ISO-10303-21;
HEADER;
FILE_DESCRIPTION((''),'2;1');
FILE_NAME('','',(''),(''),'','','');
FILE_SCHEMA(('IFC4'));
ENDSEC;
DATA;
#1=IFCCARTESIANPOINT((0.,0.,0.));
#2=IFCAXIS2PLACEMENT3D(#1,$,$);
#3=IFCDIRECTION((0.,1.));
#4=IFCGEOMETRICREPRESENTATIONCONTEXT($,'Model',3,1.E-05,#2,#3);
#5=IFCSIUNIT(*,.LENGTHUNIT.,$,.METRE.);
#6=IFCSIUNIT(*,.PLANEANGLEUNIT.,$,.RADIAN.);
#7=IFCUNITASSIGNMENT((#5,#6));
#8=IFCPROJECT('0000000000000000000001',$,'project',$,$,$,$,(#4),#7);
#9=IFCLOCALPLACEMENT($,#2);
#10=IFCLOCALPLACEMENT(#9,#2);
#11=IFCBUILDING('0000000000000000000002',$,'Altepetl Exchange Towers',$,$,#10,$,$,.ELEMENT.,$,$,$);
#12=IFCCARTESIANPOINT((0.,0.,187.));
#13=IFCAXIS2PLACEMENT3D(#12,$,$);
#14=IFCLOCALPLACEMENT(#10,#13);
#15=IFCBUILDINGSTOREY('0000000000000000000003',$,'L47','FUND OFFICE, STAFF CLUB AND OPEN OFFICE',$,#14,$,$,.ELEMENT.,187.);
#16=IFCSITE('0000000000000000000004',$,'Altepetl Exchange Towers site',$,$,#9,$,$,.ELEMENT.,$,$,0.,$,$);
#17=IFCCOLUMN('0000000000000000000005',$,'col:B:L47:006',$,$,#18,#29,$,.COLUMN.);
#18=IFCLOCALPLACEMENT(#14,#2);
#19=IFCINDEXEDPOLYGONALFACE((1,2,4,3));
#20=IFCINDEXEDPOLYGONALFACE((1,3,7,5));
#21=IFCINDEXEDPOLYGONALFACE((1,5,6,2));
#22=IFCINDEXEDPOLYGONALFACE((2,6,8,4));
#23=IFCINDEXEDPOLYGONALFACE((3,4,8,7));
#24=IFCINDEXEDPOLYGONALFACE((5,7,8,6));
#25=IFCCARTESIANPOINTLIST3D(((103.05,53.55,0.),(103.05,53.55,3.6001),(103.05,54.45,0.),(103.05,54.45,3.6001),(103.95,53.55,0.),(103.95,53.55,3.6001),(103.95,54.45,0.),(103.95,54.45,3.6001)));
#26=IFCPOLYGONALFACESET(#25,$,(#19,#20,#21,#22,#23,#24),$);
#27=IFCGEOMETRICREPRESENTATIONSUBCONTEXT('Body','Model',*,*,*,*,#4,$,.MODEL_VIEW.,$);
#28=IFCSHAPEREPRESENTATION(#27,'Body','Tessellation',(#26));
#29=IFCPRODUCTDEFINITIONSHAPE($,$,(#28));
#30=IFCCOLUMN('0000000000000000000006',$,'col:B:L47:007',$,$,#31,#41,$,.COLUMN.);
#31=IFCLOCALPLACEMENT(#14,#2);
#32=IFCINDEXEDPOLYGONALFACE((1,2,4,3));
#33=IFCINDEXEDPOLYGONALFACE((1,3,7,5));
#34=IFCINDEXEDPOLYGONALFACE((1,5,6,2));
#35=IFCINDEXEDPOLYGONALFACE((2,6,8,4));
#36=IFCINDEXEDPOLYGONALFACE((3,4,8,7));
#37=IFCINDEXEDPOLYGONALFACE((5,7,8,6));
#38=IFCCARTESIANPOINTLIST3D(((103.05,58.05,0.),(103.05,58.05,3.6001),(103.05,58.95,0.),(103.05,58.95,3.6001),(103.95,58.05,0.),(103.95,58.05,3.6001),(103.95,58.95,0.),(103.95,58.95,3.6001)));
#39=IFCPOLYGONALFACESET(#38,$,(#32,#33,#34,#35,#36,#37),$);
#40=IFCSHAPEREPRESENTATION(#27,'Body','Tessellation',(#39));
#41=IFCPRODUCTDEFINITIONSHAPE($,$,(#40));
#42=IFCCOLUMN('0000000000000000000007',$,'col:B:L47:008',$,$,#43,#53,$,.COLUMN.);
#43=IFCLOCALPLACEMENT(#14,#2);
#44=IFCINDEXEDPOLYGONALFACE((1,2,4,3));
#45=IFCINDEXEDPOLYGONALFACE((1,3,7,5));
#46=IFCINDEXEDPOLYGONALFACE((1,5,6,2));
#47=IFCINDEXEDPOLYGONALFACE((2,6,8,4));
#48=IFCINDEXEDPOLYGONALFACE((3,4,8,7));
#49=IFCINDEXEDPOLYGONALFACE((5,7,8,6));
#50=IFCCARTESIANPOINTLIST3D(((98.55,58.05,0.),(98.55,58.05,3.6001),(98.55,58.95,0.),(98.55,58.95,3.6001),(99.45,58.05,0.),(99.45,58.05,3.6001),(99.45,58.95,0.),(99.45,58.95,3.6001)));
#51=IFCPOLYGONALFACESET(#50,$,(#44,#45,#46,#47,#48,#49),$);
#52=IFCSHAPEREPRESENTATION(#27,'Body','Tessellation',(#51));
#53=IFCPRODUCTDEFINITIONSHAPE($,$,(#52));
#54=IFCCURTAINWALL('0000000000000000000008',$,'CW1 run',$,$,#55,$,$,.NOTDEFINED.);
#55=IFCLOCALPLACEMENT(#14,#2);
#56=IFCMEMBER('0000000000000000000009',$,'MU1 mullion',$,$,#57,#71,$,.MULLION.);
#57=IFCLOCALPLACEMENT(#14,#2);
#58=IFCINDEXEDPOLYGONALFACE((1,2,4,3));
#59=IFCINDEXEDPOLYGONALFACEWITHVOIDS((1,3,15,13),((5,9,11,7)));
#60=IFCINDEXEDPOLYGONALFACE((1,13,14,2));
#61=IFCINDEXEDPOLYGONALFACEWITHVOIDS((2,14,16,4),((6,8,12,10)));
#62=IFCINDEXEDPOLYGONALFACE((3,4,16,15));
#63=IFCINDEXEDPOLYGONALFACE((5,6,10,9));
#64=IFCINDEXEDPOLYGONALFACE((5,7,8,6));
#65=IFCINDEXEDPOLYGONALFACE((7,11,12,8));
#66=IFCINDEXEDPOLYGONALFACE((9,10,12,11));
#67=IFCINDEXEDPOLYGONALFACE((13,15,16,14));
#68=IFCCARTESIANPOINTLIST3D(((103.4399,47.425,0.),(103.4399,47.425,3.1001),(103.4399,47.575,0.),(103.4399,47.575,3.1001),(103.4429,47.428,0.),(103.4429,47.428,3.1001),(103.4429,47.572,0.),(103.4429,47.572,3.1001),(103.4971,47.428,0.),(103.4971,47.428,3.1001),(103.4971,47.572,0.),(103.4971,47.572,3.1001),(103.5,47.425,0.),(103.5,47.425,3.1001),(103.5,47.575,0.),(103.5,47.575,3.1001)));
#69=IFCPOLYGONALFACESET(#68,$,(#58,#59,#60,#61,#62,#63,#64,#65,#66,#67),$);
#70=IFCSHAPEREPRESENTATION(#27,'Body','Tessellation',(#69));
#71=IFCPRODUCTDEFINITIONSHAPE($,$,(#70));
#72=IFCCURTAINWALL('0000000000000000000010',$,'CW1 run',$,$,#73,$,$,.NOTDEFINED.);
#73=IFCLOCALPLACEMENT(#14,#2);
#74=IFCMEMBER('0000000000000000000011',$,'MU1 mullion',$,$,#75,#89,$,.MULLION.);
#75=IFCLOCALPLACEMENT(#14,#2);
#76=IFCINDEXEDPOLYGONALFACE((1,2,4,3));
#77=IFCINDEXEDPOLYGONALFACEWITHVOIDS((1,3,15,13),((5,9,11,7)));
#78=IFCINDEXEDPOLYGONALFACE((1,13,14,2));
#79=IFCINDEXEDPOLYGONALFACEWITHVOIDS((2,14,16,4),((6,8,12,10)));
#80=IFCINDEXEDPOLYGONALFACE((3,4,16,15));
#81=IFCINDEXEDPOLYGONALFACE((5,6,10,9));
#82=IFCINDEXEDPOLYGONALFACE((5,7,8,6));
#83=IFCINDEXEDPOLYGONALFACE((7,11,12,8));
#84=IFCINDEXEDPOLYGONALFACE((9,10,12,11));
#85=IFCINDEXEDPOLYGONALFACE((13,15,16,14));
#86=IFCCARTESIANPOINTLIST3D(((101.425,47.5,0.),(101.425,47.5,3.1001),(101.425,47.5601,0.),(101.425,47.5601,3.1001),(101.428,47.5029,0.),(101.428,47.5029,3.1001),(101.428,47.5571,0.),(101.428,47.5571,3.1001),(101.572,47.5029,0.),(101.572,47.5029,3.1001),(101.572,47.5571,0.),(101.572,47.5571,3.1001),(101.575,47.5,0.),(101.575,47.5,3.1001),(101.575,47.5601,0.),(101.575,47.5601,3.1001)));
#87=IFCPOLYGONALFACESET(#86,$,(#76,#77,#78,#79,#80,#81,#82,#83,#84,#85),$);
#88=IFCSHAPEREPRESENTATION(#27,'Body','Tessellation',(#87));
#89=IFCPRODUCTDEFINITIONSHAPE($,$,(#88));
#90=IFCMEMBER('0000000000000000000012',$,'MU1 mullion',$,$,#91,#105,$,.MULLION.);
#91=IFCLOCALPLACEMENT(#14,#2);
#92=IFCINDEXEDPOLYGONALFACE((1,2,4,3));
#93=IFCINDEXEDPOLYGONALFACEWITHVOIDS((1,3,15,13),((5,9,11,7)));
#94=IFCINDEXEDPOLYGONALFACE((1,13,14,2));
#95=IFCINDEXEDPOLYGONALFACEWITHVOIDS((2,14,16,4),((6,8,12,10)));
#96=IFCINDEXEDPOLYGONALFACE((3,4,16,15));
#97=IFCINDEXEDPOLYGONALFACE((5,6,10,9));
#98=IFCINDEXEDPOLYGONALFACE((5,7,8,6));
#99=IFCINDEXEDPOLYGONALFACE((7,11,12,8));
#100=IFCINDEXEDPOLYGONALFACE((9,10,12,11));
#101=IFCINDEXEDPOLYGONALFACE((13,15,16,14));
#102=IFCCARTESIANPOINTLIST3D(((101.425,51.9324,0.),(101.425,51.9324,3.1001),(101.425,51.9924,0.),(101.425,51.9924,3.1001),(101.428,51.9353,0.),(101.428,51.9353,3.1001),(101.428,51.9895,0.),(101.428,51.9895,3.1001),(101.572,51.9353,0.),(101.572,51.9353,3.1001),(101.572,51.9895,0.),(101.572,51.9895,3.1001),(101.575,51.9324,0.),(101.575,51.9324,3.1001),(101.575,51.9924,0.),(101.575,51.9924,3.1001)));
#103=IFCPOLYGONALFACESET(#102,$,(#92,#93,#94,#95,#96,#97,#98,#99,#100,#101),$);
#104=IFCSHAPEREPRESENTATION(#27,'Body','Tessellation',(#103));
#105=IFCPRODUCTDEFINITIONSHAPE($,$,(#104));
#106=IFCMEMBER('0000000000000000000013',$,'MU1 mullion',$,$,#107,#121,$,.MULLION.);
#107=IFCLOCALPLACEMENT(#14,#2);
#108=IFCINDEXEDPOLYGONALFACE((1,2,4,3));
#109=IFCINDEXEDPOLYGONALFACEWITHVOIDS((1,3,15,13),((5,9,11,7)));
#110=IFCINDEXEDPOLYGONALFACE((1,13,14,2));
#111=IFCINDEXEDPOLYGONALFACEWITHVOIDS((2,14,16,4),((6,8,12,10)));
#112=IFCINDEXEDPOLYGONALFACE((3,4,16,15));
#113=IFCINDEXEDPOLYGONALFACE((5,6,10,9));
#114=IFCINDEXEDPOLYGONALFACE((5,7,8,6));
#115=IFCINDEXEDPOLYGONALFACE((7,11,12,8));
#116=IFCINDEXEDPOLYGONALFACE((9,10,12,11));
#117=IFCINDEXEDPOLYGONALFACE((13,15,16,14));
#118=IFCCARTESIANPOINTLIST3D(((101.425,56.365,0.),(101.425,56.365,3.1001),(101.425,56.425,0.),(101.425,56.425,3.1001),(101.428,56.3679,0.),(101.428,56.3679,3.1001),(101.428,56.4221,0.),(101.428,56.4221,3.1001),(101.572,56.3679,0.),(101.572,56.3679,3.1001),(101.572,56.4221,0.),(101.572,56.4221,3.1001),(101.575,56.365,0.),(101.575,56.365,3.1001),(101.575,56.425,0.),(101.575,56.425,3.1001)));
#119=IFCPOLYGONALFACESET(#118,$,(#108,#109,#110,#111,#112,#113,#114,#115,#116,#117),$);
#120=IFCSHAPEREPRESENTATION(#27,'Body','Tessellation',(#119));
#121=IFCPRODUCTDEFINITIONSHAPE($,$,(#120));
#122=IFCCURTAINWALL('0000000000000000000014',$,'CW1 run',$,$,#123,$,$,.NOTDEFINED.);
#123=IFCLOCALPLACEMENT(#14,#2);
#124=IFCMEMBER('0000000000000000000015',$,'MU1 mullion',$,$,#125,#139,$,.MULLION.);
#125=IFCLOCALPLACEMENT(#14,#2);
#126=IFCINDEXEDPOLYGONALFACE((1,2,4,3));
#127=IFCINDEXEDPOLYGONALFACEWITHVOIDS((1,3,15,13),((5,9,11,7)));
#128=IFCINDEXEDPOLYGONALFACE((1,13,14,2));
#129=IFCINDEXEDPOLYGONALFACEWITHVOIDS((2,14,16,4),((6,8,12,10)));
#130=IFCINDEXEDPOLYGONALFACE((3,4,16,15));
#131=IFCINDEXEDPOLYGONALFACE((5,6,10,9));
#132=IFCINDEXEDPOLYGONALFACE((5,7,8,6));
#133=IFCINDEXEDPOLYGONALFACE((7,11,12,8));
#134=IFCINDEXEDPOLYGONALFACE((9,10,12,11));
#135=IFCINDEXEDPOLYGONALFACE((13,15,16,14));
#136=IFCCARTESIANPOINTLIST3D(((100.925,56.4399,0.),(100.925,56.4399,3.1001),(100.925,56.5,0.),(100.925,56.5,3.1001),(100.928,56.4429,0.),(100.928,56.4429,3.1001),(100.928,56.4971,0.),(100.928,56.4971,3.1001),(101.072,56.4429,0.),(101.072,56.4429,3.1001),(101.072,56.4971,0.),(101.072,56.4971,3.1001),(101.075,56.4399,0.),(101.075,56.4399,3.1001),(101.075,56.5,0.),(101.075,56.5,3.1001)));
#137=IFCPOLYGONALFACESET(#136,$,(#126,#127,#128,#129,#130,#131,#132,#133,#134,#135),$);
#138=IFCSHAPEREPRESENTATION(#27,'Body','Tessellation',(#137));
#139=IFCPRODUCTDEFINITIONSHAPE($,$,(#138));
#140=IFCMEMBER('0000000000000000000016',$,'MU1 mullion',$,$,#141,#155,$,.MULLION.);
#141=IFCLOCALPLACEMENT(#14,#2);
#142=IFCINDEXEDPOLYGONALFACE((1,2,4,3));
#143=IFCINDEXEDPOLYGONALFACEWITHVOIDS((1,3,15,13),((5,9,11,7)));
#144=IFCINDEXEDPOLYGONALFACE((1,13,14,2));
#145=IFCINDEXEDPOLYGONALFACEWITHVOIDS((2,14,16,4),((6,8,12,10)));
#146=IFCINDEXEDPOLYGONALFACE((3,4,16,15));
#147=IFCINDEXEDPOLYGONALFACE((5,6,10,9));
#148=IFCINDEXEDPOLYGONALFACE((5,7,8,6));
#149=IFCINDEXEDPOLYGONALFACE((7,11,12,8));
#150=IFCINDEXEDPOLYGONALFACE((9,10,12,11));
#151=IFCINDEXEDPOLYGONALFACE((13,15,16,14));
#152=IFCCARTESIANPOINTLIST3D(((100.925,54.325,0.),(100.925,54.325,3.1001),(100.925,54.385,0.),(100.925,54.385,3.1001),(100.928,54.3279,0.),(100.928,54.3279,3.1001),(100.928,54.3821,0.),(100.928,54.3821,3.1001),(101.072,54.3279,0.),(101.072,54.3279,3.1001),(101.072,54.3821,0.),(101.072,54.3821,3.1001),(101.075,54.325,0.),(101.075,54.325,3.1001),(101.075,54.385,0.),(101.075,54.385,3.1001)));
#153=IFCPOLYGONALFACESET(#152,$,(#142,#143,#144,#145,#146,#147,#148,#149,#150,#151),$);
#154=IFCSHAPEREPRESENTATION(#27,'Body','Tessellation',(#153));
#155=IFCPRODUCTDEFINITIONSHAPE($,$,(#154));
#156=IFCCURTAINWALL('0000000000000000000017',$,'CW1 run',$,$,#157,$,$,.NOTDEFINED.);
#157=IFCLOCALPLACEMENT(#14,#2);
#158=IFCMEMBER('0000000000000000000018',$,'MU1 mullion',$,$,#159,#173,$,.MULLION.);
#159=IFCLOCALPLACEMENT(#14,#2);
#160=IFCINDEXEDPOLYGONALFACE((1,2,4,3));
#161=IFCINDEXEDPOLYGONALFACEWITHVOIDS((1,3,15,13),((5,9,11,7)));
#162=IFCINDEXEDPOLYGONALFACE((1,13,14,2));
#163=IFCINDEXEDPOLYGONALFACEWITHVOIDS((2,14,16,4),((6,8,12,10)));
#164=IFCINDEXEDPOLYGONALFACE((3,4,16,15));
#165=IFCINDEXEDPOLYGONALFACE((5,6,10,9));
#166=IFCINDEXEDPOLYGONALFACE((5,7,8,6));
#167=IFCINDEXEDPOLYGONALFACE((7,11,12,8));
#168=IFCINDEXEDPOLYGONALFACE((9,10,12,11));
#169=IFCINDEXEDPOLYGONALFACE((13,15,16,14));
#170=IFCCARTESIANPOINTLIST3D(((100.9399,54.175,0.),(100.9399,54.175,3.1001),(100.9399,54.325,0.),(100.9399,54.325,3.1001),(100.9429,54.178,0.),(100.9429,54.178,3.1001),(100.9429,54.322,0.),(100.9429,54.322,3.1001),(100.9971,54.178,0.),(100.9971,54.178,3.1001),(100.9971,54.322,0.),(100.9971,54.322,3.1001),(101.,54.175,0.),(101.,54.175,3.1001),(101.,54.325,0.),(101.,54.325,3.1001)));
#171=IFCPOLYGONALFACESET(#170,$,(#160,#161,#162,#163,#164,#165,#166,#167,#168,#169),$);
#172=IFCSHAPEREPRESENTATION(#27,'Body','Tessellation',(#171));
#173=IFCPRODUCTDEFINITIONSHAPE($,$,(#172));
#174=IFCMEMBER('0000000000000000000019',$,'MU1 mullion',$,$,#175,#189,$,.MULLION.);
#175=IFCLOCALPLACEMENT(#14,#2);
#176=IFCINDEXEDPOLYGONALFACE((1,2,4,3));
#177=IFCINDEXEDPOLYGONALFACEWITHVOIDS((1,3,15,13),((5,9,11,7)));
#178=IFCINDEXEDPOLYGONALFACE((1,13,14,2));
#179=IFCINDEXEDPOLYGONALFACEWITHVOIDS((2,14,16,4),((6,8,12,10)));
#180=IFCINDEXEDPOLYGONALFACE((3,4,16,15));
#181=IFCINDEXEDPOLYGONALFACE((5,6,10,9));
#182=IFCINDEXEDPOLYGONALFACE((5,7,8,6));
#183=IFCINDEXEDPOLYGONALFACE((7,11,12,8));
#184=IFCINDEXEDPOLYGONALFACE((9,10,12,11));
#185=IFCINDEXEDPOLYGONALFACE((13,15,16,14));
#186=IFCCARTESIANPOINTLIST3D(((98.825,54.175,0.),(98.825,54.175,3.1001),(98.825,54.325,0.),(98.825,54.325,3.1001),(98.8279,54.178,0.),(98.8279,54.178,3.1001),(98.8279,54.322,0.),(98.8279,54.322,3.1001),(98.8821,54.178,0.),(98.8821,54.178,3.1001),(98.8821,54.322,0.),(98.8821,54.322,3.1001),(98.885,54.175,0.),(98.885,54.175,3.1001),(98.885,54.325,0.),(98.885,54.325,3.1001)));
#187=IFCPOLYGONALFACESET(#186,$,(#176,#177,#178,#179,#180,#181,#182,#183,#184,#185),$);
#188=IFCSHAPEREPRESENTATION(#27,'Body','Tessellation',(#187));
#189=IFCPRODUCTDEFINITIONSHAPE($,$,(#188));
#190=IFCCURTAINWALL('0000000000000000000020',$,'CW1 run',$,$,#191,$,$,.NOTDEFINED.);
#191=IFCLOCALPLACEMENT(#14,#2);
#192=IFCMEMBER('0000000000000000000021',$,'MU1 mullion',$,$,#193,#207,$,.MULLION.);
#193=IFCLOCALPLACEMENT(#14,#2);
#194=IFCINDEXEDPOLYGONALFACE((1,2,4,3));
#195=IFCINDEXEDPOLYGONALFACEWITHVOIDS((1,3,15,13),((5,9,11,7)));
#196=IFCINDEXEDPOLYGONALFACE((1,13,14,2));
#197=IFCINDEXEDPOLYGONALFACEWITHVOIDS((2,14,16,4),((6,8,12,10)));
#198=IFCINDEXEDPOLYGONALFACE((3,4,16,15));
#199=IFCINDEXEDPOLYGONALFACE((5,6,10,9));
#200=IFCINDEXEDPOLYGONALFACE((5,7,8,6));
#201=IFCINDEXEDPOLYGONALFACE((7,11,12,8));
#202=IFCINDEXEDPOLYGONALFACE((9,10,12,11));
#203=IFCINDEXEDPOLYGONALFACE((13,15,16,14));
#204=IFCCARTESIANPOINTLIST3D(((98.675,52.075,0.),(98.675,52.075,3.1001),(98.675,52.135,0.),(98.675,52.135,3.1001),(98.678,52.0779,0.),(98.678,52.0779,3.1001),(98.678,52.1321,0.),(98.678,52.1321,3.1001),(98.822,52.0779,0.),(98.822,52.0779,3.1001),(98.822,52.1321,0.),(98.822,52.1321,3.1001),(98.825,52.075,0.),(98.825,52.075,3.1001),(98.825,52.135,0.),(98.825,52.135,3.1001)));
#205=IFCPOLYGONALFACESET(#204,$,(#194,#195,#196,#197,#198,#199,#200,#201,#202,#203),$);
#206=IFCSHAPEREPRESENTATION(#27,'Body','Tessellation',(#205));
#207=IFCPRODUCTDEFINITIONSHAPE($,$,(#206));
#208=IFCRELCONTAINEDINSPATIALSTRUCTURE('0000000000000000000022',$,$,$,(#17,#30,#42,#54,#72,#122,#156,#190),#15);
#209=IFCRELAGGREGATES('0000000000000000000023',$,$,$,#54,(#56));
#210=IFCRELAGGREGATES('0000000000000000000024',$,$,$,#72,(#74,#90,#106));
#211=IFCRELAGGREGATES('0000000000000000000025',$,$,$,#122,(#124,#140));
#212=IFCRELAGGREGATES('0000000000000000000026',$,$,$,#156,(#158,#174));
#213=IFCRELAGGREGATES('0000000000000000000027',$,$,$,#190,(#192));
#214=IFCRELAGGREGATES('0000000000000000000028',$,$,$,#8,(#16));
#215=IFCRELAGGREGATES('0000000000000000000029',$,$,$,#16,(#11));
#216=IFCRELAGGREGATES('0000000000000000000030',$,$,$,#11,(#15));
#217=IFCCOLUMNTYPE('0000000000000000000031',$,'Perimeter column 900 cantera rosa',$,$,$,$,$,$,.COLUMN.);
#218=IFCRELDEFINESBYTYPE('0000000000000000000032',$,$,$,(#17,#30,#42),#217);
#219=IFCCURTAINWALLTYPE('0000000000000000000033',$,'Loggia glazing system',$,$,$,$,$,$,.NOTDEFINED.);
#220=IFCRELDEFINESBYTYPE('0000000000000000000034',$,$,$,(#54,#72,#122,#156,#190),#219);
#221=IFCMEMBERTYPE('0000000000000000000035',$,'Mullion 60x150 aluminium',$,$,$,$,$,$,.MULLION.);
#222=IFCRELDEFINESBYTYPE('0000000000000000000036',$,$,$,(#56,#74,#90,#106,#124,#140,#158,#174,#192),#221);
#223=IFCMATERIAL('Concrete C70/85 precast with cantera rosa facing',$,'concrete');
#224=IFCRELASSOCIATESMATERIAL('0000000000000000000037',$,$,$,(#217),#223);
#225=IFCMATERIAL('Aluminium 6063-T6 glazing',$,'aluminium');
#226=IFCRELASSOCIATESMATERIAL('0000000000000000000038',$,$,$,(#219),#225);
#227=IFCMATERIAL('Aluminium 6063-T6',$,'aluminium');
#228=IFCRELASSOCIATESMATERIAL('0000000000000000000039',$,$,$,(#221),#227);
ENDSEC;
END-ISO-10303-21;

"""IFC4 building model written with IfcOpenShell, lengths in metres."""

from ifc_helpers import new_model, si_unit, direction, frame, origin, origin_2d, place, context, subcontext, project, spatial, rectangle, hollow_rectangle, extrude, material, material_profile, profile_set, type_object, element, aggregate, save


model = new_model("IFC4")

# Units and contexts
model_context = context("Model", 3, precision=1e-05, world=origin(), true_north=direction((0.0, 1.0)))
body_context = subcontext(model_context, "Body", "Model", "MODEL_VIEW")
ifc_project = project(units=[si_unit("LENGTHUNIT", "METRE"), si_unit("PLANEANGLEUNIT", "RADIAN")], contexts=[model_context])

# Site, building, storey
site_placement = place(None, origin())
site = spatial("IfcSite", under=ifc_project, at=site_placement, Name="Altepetl Exchange Towers site", CompositionType="ELEMENT", RefElevation=0.0)
building_placement = place(site_placement, origin())
building = spatial("IfcBuilding", under=site, at=building_placement, Name="Altepetl Exchange Towers", CompositionType="ELEMENT")
storey_placement = place(building_placement, frame((0.0, 0.0, 187.0)))
storey = spatial("IfcBuildingStorey", under=building, at=storey_placement, Name="L47", Description="FUND OFFICE, STAFF CLUB AND OPEN OFFICE", CompositionType="ELEMENT", Elevation=187.0)

# Columns
ifc_material_1 = material(Name="Concrete C70/85 precast with cantera rosa facing", Category="concrete")
ifc_material_profile_1 = material_profile(ifc_material_1, rectangle(XDim=0.8999, YDim=0.8999, at=origin_2d()), Name="900 x 900")
ifc_profile_set_1 = profile_set([ifc_material_profile_1], Name="Concrete C70/85 precast with cantera rosa facing")
column_type = type_object("IfcColumnType", Name="Perimeter column 900 cantera rosa", PredefinedType="COLUMN", material=ifc_profile_set_1)
for number, where, name in (
    (1, (103.5, 54.0, 0.0), "col:B:L47:006"),
    (2, (103.5, 58.5, 0.0), "col:B:L47:007"),
    (3, (99.0, 58.5, 0.0), "col:B:L47:008"),
):
    element("IfcColumn", number, at=place(storey_placement, frame(where)), inside=storey, type_object=column_type, Name=name, PredefinedType="COLUMN", context=body_context, shape_type="SweptSolid", body=[
        extrude(rectangle(XDim=0.8999, YDim=0.8999, at=origin_2d()), origin(), (0.0, 0.0, 1.0), 3.6001),
    ])

# Curtain wall, member
ifc_material_2 = material(Name="Aluminium 6063-T6 glazing", Category="aluminium")
curtain_wall_type = type_object("IfcCurtainWallType", Name="Loggia glazing system", PredefinedType="NOTDEFINED", material=ifc_material_2)
curtain_wall_1_placement = place(storey_placement, origin())
curtain_wall_1 = element("IfcCurtainWall", 4, at=curtain_wall_1_placement, inside=storey, type_object=curtain_wall_type, Name="CW1 run", PredefinedType="NOTDEFINED")
ifc_material_3 = material(Name="Aluminium 6063-T6", Category="aluminium")
ifc_material_profile_2 = material_profile(ifc_material_3, hollow_rectangle(XDim=0.0601, YDim=0.1499, WallThickness=0.0029, at=origin_2d()), Name="Mullion 60x150 aluminium")
ifc_profile_set_2 = profile_set([ifc_material_profile_2], Name="Aluminium 6063-T6")
member_type = type_object("IfcMemberType", Name="Mullion 60x150 aluminium", PredefinedType="MULLION", material=ifc_profile_set_2)
member_1_placement = place(storey_placement, frame((103.47, 47.5, 0.0), z_axis=(0.0, 0.0, 1.0), x_axis=(-1.0, 0.0, 0.0)))
member_1 = element("IfcMember", 5, at=member_1_placement, type_object=member_type, Name="MU1 mullion", PredefinedType="MULLION", context=body_context, shape_type="SweptSolid", body=[
    extrude(hollow_rectangle(XDim=0.0601, YDim=0.1499, WallThickness=0.0029, at=origin_2d()), origin(), (0.0, 0.0, 1.0), 3.1001),
])

# Curtain walls, members
curtain_wall_2_placement = place(storey_placement, origin())
curtain_wall_2 = element("IfcCurtainWall", 6, at=curtain_wall_2_placement, inside=storey, type_object=curtain_wall_type, Name="CW1 run", PredefinedType="NOTDEFINED")
member_2_placement = place(storey_placement, frame((101.5, 47.53, 0.0), z_axis=(0.0, 0.0, 1.0), x_axis=(0.0, 1.0, 0.0)))
member_2 = element("IfcMember", 7, at=member_2_placement, type_object=member_type, Name="MU1 mullion", PredefinedType="MULLION", context=body_context, shape_type="SweptSolid", body=[
    extrude(hollow_rectangle(XDim=0.0601, YDim=0.1499, WallThickness=0.0029, at=origin_2d()), origin(), (0.0, 0.0, 1.0), 3.1001),
])
member_3_placement = place(storey_placement, frame((101.5, 51.9624, 0.0), z_axis=(0.0, 0.0, 1.0), x_axis=(0.0, 1.0, 0.0)))
member_3 = element("IfcMember", 8, at=member_3_placement, type_object=member_type, Name="MU1 mullion", PredefinedType="MULLION", context=body_context, shape_type="SweptSolid", body=[
    extrude(hollow_rectangle(XDim=0.0601, YDim=0.1499, WallThickness=0.0029, at=origin_2d()), origin(), (0.0, 0.0, 1.0), 3.1001),
])
member_4_placement = place(storey_placement, frame((101.5, 56.395, 0.0), z_axis=(0.0, 0.0, 1.0), x_axis=(0.0, 1.0, 0.0)))
member_4 = element("IfcMember", 9, at=member_4_placement, type_object=member_type, Name="MU1 mullion", PredefinedType="MULLION", context=body_context, shape_type="SweptSolid", body=[
    extrude(hollow_rectangle(XDim=0.0601, YDim=0.1499, WallThickness=0.0029, at=origin_2d()), origin(), (0.0, 0.0, 1.0), 3.1001),
])
curtain_wall_3_placement = place(storey_placement, origin())
curtain_wall_3 = element("IfcCurtainWall", 10, at=curtain_wall_3_placement, inside=storey, type_object=curtain_wall_type, Name="CW1 run", PredefinedType="NOTDEFINED")
member_5_placement = place(storey_placement, frame((101.0, 56.47, 0.0), z_axis=(0.0, 0.0, 1.0), x_axis=(0.0, -1.0, 0.0)))
member_5 = element("IfcMember", 11, at=member_5_placement, type_object=member_type, Name="MU1 mullion", PredefinedType="MULLION", context=body_context, shape_type="SweptSolid", body=[
    extrude(hollow_rectangle(XDim=0.0601, YDim=0.1499, WallThickness=0.0029, at=origin_2d()), origin(), (0.0, 0.0, 1.0), 3.1001),
])
member_6_placement = place(storey_placement, frame((101.0, 54.355, 0.0), z_axis=(0.0, 0.0, 1.0), x_axis=(0.0, -1.0, 0.0)))
member_6 = element("IfcMember", 12, at=member_6_placement, type_object=member_type, Name="MU1 mullion", PredefinedType="MULLION", context=body_context, shape_type="SweptSolid", body=[
    extrude(hollow_rectangle(XDim=0.0601, YDim=0.1499, WallThickness=0.0029, at=origin_2d()), origin(), (0.0, 0.0, 1.0), 3.1001),
])
curtain_wall_4_placement = place(storey_placement, origin())
curtain_wall_4 = element("IfcCurtainWall", 13, at=curtain_wall_4_placement, inside=storey, type_object=curtain_wall_type, Name="CW1 run", PredefinedType="NOTDEFINED")
member_7_placement = place(storey_placement, frame((100.97, 54.25, 0.0), z_axis=(0.0, 0.0, 1.0), x_axis=(-1.0, 0.0, 0.0)))
member_7 = element("IfcMember", 14, at=member_7_placement, type_object=member_type, Name="MU1 mullion", PredefinedType="MULLION", context=body_context, shape_type="SweptSolid", body=[
    extrude(hollow_rectangle(XDim=0.0601, YDim=0.1499, WallThickness=0.0029, at=origin_2d()), origin(), (0.0, 0.0, 1.0), 3.1001),
])
member_8_placement = place(storey_placement, frame((98.855, 54.25, 0.0), z_axis=(0.0, 0.0, 1.0), x_axis=(-1.0, 0.0, 0.0)))
member_8 = element("IfcMember", 15, at=member_8_placement, type_object=member_type, Name="MU1 mullion", PredefinedType="MULLION", context=body_context, shape_type="SweptSolid", body=[
    extrude(hollow_rectangle(XDim=0.0601, YDim=0.1499, WallThickness=0.0029, at=origin_2d()), origin(), (0.0, 0.0, 1.0), 3.1001),
])

# Curtain wall, member
curtain_wall_5_placement = place(storey_placement, origin())
curtain_wall_5 = element("IfcCurtainWall", 16, at=curtain_wall_5_placement, inside=storey, type_object=curtain_wall_type, Name="CW1 run", PredefinedType="NOTDEFINED")
member_9_placement = place(storey_placement, frame((98.75, 52.105, 0.0), z_axis=(0.0, 0.0, 1.0), x_axis=(0.0, -1.0, 0.0)))
member_9 = element("IfcMember", 17, at=member_9_placement, type_object=member_type, Name="MU1 mullion", PredefinedType="MULLION", context=body_context, shape_type="SweptSolid", body=[
    extrude(hollow_rectangle(XDim=0.0601, YDim=0.1499, WallThickness=0.0029, at=origin_2d()), origin(), (0.0, 0.0, 1.0), 3.1001),
])

aggregate(curtain_wall_1, [member_1])
aggregate(curtain_wall_2, [member_2, member_3, member_4])
aggregate(curtain_wall_3, [member_5, member_6])
aggregate(curtain_wall_4, [member_7, member_8])
aggregate(curtain_wall_5, [member_9])

save(model, "model.ifc")
